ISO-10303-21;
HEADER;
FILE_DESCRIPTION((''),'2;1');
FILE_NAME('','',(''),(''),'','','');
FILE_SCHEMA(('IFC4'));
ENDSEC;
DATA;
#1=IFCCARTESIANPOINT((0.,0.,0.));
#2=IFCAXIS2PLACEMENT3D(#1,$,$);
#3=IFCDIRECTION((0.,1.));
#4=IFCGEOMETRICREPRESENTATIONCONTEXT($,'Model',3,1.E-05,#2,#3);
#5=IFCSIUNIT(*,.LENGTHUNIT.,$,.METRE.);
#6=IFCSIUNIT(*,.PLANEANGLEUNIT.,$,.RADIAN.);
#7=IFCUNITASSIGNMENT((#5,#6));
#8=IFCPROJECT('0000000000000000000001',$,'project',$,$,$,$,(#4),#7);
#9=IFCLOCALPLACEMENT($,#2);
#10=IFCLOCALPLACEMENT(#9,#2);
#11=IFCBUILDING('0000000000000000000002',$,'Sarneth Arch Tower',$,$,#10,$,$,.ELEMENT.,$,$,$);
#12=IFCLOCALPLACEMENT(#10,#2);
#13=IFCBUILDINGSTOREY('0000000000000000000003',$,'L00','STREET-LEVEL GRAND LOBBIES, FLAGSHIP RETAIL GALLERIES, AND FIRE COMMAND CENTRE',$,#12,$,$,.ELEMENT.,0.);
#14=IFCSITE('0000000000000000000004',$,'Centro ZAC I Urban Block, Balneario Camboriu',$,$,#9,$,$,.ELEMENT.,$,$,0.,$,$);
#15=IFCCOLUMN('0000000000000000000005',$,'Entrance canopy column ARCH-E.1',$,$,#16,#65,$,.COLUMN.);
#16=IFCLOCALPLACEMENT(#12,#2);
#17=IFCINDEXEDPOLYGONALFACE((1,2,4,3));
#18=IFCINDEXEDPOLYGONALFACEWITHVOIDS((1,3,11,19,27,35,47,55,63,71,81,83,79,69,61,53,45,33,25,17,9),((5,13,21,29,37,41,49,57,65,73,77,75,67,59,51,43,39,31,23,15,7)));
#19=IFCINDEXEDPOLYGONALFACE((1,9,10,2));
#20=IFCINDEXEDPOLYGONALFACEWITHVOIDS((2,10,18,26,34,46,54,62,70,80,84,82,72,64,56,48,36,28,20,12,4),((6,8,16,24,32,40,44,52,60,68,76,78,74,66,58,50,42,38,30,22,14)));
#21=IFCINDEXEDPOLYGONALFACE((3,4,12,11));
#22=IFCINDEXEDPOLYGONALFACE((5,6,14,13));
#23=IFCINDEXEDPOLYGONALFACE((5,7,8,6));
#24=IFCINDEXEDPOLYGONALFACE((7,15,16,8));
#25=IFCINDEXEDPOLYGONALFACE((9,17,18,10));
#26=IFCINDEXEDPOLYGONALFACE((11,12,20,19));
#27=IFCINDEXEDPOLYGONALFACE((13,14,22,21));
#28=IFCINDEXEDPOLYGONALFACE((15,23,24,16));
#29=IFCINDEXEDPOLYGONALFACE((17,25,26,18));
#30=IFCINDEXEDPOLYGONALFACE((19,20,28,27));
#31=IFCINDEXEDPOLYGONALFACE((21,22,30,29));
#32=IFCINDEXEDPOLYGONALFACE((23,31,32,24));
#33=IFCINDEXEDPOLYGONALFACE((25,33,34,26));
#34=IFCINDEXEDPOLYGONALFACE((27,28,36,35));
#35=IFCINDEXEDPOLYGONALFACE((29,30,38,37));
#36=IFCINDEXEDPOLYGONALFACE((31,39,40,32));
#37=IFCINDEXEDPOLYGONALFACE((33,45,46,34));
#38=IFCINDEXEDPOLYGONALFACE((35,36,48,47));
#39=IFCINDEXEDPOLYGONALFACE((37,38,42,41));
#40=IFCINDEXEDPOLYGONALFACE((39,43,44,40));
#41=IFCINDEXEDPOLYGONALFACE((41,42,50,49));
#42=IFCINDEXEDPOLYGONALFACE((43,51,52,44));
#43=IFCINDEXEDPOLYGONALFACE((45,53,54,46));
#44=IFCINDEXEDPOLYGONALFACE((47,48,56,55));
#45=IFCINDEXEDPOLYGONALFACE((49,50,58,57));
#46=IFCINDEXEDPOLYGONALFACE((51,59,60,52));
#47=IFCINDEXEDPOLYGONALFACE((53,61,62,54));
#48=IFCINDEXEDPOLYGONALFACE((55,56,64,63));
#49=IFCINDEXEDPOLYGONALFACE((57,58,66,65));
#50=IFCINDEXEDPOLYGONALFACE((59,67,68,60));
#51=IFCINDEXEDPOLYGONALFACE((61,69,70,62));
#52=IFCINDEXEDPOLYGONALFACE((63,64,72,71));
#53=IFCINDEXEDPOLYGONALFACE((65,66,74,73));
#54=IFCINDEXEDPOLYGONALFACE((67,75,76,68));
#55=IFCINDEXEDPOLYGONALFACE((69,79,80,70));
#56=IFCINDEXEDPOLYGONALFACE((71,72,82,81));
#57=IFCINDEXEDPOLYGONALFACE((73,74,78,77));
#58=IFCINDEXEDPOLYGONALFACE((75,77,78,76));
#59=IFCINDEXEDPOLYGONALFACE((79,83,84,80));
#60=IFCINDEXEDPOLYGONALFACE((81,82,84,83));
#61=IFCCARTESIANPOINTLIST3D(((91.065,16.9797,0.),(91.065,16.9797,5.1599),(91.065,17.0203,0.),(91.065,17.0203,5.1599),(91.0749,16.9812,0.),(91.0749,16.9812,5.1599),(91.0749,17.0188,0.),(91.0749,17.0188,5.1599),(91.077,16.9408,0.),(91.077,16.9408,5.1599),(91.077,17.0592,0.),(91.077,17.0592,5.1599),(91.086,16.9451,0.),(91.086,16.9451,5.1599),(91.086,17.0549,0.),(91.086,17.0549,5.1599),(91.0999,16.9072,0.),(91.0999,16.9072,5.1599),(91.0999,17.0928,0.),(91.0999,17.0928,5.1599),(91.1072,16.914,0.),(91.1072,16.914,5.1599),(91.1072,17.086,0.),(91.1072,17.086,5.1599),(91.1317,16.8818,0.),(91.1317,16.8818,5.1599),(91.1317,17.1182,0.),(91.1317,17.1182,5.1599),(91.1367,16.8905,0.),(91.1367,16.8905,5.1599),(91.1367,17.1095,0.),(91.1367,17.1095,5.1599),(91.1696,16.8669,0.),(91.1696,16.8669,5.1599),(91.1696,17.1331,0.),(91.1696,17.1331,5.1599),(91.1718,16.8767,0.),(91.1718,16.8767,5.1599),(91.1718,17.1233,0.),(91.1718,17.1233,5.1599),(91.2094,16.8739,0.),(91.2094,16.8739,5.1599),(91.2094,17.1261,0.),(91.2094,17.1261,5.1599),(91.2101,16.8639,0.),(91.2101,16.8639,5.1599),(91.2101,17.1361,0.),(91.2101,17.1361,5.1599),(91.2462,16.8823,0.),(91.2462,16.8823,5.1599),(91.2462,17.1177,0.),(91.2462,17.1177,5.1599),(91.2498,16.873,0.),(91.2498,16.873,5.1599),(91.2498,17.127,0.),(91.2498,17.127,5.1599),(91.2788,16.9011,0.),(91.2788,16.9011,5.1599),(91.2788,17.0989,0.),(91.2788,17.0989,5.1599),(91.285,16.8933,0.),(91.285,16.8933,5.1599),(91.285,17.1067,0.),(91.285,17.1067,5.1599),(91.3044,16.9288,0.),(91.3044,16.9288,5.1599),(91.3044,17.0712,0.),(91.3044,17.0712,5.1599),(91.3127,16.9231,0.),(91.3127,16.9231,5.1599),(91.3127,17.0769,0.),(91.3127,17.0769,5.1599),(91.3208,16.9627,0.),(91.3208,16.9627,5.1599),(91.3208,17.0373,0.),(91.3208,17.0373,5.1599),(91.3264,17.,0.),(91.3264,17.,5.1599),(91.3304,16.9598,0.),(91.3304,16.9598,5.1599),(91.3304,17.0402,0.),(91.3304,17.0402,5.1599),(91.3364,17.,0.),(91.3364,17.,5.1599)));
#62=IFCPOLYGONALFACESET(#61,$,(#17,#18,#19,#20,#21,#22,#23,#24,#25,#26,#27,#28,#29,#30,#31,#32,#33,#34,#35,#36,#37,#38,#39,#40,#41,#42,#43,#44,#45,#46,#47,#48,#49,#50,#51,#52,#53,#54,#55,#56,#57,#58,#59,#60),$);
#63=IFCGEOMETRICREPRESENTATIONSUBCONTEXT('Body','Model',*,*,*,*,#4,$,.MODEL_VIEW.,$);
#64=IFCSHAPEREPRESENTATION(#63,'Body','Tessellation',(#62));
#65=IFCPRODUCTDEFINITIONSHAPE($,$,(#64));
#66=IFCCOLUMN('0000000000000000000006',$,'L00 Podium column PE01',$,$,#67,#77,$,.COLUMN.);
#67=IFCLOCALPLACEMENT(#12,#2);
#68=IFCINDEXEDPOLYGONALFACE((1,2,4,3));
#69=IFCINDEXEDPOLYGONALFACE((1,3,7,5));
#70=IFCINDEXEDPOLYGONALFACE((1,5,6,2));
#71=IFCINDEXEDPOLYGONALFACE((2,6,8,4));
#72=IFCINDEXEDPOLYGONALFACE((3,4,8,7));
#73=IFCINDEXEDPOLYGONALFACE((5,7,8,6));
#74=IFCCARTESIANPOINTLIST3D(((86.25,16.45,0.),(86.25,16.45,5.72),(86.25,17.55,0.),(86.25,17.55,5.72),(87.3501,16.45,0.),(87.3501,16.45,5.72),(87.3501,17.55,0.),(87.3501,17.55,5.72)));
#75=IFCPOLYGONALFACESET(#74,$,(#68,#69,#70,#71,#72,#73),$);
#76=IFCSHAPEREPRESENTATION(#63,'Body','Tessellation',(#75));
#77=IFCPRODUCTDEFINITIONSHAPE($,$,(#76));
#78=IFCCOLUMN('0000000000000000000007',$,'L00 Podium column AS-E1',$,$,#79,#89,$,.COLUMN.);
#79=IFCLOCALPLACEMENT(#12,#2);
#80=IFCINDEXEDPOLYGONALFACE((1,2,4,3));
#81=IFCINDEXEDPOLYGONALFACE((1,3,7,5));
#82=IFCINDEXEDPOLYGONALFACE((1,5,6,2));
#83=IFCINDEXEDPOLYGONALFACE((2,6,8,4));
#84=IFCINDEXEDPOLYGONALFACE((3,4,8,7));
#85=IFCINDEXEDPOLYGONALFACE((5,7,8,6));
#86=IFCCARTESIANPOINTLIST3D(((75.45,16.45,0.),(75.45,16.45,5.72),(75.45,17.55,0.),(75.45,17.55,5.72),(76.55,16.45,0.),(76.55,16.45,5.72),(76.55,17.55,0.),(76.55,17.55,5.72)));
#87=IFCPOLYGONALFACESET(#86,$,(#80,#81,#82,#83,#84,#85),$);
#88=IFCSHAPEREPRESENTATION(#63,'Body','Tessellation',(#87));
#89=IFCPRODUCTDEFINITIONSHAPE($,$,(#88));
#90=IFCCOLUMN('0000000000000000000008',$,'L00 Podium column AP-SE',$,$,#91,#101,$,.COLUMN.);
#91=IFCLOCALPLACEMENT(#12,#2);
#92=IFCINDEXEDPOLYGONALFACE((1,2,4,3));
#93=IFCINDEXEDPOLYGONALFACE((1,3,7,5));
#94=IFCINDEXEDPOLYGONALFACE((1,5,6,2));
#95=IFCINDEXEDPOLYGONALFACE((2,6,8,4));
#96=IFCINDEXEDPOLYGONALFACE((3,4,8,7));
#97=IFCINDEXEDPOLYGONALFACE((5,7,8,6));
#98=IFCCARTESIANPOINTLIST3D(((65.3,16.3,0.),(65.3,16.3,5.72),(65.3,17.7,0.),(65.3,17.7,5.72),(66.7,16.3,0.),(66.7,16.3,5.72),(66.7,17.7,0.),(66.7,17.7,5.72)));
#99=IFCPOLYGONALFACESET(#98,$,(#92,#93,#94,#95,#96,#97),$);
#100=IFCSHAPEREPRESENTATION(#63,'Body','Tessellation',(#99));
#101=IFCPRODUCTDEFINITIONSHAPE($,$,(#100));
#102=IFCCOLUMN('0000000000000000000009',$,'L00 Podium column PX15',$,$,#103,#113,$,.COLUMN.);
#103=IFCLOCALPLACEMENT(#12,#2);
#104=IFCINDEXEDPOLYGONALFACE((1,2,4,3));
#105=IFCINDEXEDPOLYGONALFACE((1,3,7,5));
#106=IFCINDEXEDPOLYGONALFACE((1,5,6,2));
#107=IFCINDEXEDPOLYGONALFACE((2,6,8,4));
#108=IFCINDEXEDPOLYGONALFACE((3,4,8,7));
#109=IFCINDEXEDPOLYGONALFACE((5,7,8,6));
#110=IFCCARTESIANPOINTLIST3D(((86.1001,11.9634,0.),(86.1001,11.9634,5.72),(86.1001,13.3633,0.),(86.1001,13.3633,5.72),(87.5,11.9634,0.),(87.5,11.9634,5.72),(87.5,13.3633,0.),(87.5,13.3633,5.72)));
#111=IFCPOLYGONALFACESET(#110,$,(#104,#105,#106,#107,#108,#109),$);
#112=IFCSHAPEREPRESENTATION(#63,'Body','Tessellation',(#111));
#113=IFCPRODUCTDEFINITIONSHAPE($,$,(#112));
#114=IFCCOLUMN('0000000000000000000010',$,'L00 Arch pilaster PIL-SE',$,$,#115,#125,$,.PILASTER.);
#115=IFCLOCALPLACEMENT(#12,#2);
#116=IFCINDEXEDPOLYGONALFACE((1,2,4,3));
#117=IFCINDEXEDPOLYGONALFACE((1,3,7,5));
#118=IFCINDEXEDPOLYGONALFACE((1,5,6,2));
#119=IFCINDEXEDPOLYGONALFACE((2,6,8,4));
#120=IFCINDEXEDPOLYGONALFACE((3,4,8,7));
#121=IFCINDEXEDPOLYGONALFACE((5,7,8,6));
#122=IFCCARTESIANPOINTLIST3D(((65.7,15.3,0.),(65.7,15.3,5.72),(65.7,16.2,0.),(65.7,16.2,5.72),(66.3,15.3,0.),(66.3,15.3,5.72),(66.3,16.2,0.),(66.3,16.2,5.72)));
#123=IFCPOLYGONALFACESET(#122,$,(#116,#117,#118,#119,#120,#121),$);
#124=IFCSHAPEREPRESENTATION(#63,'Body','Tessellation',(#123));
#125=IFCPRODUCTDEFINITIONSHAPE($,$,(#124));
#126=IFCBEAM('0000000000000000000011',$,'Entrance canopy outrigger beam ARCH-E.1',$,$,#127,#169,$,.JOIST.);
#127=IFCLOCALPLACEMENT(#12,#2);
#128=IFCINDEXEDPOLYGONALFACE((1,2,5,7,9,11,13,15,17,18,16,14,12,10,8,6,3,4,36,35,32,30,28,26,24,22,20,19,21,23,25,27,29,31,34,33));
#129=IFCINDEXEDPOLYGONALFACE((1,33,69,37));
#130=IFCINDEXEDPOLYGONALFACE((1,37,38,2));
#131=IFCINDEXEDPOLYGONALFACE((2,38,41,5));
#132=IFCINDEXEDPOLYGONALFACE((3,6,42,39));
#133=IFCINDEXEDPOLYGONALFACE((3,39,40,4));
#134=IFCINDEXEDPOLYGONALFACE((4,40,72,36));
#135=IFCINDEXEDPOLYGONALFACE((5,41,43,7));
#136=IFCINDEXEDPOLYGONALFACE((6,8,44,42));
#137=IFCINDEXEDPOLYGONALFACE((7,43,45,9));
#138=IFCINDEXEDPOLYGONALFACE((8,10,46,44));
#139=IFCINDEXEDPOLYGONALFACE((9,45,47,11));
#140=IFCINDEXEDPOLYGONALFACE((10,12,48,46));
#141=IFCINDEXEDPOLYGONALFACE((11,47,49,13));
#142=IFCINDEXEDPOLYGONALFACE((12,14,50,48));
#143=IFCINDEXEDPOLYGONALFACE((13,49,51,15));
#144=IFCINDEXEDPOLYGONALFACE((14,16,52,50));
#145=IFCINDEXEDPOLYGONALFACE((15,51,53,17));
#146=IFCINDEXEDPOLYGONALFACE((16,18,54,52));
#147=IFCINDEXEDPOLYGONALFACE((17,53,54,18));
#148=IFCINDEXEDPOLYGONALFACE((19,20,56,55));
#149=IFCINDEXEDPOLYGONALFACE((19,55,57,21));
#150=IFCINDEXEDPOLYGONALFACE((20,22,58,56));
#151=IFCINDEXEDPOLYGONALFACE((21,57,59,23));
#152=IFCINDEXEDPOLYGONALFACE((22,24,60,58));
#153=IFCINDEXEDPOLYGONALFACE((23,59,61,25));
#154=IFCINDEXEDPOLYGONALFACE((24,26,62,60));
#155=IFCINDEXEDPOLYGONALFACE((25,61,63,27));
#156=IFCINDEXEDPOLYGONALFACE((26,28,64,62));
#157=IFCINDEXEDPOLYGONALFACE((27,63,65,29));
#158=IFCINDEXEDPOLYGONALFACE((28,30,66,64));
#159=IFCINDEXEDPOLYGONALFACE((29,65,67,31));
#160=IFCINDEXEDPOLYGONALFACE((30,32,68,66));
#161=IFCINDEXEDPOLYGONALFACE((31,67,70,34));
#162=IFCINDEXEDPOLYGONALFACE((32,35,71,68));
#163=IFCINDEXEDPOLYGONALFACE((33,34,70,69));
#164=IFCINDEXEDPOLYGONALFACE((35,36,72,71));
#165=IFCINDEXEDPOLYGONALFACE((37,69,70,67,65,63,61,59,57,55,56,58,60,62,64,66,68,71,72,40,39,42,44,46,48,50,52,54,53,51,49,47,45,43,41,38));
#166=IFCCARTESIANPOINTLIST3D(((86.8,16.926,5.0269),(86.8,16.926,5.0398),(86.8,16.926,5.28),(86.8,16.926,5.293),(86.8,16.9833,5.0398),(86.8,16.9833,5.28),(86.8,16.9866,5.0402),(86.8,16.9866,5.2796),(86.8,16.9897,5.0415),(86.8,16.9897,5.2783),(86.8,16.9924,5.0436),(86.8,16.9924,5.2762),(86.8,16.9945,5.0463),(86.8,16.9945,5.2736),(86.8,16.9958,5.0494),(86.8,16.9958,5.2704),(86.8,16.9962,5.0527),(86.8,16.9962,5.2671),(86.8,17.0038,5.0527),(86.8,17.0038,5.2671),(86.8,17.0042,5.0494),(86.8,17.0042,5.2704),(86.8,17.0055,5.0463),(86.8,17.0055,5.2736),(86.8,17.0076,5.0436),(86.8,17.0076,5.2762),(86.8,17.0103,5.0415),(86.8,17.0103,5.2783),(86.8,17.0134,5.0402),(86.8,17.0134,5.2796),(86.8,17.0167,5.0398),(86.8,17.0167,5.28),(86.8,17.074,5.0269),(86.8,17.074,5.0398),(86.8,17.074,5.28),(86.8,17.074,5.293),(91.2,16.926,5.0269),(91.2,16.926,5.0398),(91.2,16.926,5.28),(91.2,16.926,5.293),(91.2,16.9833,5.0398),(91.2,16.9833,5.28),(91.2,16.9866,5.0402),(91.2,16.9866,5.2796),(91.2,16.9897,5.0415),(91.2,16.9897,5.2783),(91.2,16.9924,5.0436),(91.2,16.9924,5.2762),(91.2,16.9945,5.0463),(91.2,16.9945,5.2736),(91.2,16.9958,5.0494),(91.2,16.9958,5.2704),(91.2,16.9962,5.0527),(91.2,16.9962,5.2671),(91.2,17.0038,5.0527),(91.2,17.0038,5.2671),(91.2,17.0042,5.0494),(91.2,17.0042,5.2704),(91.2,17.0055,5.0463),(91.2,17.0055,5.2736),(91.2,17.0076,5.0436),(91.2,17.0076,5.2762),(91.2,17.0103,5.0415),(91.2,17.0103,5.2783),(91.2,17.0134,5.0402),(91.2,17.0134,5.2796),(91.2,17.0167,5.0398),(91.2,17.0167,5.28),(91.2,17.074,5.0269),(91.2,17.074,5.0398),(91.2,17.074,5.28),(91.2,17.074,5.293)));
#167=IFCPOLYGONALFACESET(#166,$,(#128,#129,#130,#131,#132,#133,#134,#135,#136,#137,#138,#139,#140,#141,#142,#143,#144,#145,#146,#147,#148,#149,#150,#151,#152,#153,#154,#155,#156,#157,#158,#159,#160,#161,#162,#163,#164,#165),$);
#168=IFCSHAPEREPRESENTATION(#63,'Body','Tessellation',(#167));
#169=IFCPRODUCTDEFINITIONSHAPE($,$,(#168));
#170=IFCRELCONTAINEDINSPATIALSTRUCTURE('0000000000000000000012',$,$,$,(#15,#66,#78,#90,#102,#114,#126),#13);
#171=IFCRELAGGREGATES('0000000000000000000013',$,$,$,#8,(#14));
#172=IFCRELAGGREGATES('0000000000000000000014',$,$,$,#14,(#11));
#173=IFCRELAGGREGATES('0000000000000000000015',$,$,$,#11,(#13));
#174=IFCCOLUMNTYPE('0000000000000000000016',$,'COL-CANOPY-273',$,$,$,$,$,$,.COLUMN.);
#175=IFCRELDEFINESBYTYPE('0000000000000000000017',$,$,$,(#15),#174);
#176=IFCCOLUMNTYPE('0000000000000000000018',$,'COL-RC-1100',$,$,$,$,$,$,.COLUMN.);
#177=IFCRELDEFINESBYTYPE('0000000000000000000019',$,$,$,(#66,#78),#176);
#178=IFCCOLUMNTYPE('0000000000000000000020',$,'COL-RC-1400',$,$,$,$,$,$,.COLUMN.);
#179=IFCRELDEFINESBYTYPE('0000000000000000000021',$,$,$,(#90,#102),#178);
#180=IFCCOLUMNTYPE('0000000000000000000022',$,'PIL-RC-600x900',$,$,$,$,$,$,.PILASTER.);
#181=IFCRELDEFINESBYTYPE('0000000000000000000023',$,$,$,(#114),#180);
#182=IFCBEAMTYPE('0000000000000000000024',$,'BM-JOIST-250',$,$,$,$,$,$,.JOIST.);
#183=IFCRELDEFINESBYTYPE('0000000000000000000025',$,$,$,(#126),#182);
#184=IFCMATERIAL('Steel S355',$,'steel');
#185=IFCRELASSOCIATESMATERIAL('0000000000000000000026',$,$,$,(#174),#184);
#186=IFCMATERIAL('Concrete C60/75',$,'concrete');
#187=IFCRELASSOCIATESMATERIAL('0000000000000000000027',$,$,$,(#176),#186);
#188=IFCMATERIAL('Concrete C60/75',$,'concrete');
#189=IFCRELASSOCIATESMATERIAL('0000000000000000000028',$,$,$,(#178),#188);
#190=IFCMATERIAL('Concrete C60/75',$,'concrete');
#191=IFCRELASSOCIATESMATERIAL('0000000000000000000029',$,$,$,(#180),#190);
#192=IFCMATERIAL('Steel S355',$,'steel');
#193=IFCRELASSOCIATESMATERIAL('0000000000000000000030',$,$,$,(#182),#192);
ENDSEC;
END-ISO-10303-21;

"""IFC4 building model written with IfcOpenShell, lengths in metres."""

from ifc_helpers import new_model, si_unit, direction, frame, origin, origin_2d, place, context, subcontext, project, spatial, rectangle, hollow_circle, i_section, extrude, material, material_profile, profile_set, type_object, element, save


model = new_model("IFC4")

# Units and contexts
model_context = context("Model", 3, precision=1e-05, world=origin(), true_north=direction((0.0, 1.0)))
body_context = subcontext(model_context, "Body", "Model", "MODEL_VIEW")
ifc_project = project(units=[si_unit("LENGTHUNIT", "METRE"), si_unit("PLANEANGLEUNIT", "RADIAN")], contexts=[model_context])

# Site, building, storey
site_placement = place(None, origin())
site = spatial("IfcSite", under=ifc_project, at=site_placement, Name="Centro ZAC I Urban Block, Balneario Camboriu", CompositionType="ELEMENT", RefElevation=0.0)
building_placement = place(site_placement, origin())
building = spatial("IfcBuilding", under=site, at=building_placement, Name="Sarneth Arch Tower", CompositionType="ELEMENT")
storey_placement = place(building_placement, origin())
storey = spatial("IfcBuildingStorey", under=building, at=storey_placement, Name="L00", Description="STREET-LEVEL GRAND LOBBIES, FLAGSHIP RETAIL GALLERIES, AND FIRE COMMAND CENTRE", CompositionType="ELEMENT", Elevation=0.0)

# Columns
ifc_material_1 = material(Name="Steel S355", Category="steel")
ifc_material_profile_1 = material_profile(ifc_material_1, hollow_circle(Radius=0.1365, WallThickness=0.01, at=origin_2d()), Name="CHS273x10")
ifc_profile_set_1 = profile_set([ifc_material_profile_1], Name="Steel S355")
column_type_1 = type_object("IfcColumnType", Name="COL-CANOPY-273", PredefinedType="COLUMN", material=ifc_profile_set_1)
column_1_placement = place(storey_placement, frame((91.2, 17.0, 0.0), z_axis=(0.0, 0.0, 1.0), x_axis=(1.0, 0.0, 0.0)))
element("IfcColumn", 1, at=column_1_placement, inside=storey, type_object=column_type_1, Name="Entrance canopy column ARCH-E.1", PredefinedType="COLUMN", context=body_context, shape_type="SweptSolid", body=[
    extrude(hollow_circle(Radius=0.1365, WallThickness=0.01, at=origin_2d()), origin(), (0.0, 0.0, 1.0), 5.1599),
])
ifc_material_2 = material(Name="Concrete C60/75", Category="concrete")
ifc_material_profile_2 = material_profile(ifc_material_2, rectangle(XDim=1.1001, YDim=1.1001, at=origin_2d()), Name="RC-1100x1100")
ifc_profile_set_2 = profile_set([ifc_material_profile_2], Name="Concrete C60/75")
column_type_2 = type_object("IfcColumnType", Name="COL-RC-1100", PredefinedType="COLUMN", material=ifc_profile_set_2)
for number, where, z_axis, x_axis, name in (
    (2, (86.8, 17.0, 0.0), (0.0, 0.0, 1.0), (1.0, 0.0, 0.0), "L00 Podium column PE01"),
    (3, (76.0, 17.0, 0.0), (0.0, 0.0, 1.0), (1.0, 0.0, 0.0), "L00 Podium column AS-E1"),
):
    element("IfcColumn", number, at=place(storey_placement, frame(where, z_axis=z_axis, x_axis=x_axis)), inside=storey, type_object=column_type_2, Name=name, PredefinedType="COLUMN", context=body_context, shape_type="SweptSolid", body=[
        extrude(rectangle(XDim=1.1001, YDim=1.1001, at=origin_2d()), origin(), (0.0, 0.0, 1.0), 5.72),
    ])
ifc_material_3 = material(Name="Concrete C60/75", Category="concrete")
ifc_material_profile_3 = material_profile(ifc_material_3, rectangle(XDim=1.3999, YDim=1.3999, at=origin_2d()), Name="RC-1400x1400")
ifc_profile_set_3 = profile_set([ifc_material_profile_3], Name="Concrete C60/75")
column_type_3 = type_object("IfcColumnType", Name="COL-RC-1400", PredefinedType="COLUMN", material=ifc_profile_set_3)
for number, where, z_axis, x_axis, name in (
    (4, (66.0, 17.0, 0.0), (0.0, 0.0, 1.0), (1.0, 0.0, 0.0), "L00 Podium column AP-SE"),
    (5, (86.8, 12.6633, 0.0), (0.0, 0.0, 1.0), (1.0, 0.0, 0.0), "L00 Podium column PX15"),
):
    element("IfcColumn", number, at=place(storey_placement, frame(where, z_axis=z_axis, x_axis=x_axis)), inside=storey, type_object=column_type_3, Name=name, PredefinedType="COLUMN", context=body_context, shape_type="SweptSolid", body=[
        extrude(rectangle(XDim=1.3999, YDim=1.3999, at=origin_2d()), origin(), (0.0, 0.0, 1.0), 5.72),
    ])
ifc_material_4 = material(Name="Concrete C60/75", Category="concrete")
ifc_material_profile_4 = material_profile(ifc_material_4, rectangle(XDim=0.6001, YDim=0.8999, at=origin_2d()), Name="RC-600x900")
ifc_profile_set_4 = profile_set([ifc_material_profile_4], Name="Concrete C60/75")
column_type_4 = type_object("IfcColumnType", Name="PIL-RC-600x900", PredefinedType="PILASTER", material=ifc_profile_set_4)
column_2_placement = place(storey_placement, frame((66.0, 15.75, 0.0), z_axis=(0.0, 0.0, 1.0), x_axis=(1.0, 0.0, 0.0)))
element("IfcColumn", 6, at=column_2_placement, inside=storey, type_object=column_type_4, Name="L00 Arch pilaster PIL-SE", PredefinedType="PILASTER", context=body_context, shape_type="SweptSolid", body=[
    extrude(rectangle(XDim=0.6001, YDim=0.8999, at=origin_2d()), origin(), (0.0, 0.0, 1.0), 5.72),
])

# Beam
ifc_material_5 = material(Name="Steel S355", Category="steel")
ifc_material_profile_5 = material_profile(ifc_material_5, i_section(OverallWidth=0.1479, OverallDepth=0.2661, WebThickness=0.0076, FlangeThickness=0.0129, FilletRadius=0.0129, at=origin_2d()), Name="W250x44.8")
ifc_profile_set_5 = profile_set([ifc_material_profile_5], Name="Steel S355")
beam_type_1 = type_object("IfcBeamType", Name="BM-JOIST-250", PredefinedType="JOIST", material=ifc_profile_set_5)
beam_1_placement = place(storey_placement, frame((86.8, 17.0, 5.1599), z_axis=(1.0, 0.0, 0.0), x_axis=(0.0, 1.0, 0.0)))
element("IfcBeam", 7, at=beam_1_placement, inside=storey, type_object=beam_type_1, Name="Entrance canopy outrigger beam ARCH-E.1", PredefinedType="JOIST", context=body_context, shape_type="SweptSolid", body=[
    extrude(i_section(OverallWidth=0.1479, OverallDepth=0.2661, WebThickness=0.0076, FlangeThickness=0.0129, FilletRadius=0.0129, at=origin_2d()), origin(), (0.0, 0.0, 1.0), 4.3999),
])

save(model, "model.ifc")
